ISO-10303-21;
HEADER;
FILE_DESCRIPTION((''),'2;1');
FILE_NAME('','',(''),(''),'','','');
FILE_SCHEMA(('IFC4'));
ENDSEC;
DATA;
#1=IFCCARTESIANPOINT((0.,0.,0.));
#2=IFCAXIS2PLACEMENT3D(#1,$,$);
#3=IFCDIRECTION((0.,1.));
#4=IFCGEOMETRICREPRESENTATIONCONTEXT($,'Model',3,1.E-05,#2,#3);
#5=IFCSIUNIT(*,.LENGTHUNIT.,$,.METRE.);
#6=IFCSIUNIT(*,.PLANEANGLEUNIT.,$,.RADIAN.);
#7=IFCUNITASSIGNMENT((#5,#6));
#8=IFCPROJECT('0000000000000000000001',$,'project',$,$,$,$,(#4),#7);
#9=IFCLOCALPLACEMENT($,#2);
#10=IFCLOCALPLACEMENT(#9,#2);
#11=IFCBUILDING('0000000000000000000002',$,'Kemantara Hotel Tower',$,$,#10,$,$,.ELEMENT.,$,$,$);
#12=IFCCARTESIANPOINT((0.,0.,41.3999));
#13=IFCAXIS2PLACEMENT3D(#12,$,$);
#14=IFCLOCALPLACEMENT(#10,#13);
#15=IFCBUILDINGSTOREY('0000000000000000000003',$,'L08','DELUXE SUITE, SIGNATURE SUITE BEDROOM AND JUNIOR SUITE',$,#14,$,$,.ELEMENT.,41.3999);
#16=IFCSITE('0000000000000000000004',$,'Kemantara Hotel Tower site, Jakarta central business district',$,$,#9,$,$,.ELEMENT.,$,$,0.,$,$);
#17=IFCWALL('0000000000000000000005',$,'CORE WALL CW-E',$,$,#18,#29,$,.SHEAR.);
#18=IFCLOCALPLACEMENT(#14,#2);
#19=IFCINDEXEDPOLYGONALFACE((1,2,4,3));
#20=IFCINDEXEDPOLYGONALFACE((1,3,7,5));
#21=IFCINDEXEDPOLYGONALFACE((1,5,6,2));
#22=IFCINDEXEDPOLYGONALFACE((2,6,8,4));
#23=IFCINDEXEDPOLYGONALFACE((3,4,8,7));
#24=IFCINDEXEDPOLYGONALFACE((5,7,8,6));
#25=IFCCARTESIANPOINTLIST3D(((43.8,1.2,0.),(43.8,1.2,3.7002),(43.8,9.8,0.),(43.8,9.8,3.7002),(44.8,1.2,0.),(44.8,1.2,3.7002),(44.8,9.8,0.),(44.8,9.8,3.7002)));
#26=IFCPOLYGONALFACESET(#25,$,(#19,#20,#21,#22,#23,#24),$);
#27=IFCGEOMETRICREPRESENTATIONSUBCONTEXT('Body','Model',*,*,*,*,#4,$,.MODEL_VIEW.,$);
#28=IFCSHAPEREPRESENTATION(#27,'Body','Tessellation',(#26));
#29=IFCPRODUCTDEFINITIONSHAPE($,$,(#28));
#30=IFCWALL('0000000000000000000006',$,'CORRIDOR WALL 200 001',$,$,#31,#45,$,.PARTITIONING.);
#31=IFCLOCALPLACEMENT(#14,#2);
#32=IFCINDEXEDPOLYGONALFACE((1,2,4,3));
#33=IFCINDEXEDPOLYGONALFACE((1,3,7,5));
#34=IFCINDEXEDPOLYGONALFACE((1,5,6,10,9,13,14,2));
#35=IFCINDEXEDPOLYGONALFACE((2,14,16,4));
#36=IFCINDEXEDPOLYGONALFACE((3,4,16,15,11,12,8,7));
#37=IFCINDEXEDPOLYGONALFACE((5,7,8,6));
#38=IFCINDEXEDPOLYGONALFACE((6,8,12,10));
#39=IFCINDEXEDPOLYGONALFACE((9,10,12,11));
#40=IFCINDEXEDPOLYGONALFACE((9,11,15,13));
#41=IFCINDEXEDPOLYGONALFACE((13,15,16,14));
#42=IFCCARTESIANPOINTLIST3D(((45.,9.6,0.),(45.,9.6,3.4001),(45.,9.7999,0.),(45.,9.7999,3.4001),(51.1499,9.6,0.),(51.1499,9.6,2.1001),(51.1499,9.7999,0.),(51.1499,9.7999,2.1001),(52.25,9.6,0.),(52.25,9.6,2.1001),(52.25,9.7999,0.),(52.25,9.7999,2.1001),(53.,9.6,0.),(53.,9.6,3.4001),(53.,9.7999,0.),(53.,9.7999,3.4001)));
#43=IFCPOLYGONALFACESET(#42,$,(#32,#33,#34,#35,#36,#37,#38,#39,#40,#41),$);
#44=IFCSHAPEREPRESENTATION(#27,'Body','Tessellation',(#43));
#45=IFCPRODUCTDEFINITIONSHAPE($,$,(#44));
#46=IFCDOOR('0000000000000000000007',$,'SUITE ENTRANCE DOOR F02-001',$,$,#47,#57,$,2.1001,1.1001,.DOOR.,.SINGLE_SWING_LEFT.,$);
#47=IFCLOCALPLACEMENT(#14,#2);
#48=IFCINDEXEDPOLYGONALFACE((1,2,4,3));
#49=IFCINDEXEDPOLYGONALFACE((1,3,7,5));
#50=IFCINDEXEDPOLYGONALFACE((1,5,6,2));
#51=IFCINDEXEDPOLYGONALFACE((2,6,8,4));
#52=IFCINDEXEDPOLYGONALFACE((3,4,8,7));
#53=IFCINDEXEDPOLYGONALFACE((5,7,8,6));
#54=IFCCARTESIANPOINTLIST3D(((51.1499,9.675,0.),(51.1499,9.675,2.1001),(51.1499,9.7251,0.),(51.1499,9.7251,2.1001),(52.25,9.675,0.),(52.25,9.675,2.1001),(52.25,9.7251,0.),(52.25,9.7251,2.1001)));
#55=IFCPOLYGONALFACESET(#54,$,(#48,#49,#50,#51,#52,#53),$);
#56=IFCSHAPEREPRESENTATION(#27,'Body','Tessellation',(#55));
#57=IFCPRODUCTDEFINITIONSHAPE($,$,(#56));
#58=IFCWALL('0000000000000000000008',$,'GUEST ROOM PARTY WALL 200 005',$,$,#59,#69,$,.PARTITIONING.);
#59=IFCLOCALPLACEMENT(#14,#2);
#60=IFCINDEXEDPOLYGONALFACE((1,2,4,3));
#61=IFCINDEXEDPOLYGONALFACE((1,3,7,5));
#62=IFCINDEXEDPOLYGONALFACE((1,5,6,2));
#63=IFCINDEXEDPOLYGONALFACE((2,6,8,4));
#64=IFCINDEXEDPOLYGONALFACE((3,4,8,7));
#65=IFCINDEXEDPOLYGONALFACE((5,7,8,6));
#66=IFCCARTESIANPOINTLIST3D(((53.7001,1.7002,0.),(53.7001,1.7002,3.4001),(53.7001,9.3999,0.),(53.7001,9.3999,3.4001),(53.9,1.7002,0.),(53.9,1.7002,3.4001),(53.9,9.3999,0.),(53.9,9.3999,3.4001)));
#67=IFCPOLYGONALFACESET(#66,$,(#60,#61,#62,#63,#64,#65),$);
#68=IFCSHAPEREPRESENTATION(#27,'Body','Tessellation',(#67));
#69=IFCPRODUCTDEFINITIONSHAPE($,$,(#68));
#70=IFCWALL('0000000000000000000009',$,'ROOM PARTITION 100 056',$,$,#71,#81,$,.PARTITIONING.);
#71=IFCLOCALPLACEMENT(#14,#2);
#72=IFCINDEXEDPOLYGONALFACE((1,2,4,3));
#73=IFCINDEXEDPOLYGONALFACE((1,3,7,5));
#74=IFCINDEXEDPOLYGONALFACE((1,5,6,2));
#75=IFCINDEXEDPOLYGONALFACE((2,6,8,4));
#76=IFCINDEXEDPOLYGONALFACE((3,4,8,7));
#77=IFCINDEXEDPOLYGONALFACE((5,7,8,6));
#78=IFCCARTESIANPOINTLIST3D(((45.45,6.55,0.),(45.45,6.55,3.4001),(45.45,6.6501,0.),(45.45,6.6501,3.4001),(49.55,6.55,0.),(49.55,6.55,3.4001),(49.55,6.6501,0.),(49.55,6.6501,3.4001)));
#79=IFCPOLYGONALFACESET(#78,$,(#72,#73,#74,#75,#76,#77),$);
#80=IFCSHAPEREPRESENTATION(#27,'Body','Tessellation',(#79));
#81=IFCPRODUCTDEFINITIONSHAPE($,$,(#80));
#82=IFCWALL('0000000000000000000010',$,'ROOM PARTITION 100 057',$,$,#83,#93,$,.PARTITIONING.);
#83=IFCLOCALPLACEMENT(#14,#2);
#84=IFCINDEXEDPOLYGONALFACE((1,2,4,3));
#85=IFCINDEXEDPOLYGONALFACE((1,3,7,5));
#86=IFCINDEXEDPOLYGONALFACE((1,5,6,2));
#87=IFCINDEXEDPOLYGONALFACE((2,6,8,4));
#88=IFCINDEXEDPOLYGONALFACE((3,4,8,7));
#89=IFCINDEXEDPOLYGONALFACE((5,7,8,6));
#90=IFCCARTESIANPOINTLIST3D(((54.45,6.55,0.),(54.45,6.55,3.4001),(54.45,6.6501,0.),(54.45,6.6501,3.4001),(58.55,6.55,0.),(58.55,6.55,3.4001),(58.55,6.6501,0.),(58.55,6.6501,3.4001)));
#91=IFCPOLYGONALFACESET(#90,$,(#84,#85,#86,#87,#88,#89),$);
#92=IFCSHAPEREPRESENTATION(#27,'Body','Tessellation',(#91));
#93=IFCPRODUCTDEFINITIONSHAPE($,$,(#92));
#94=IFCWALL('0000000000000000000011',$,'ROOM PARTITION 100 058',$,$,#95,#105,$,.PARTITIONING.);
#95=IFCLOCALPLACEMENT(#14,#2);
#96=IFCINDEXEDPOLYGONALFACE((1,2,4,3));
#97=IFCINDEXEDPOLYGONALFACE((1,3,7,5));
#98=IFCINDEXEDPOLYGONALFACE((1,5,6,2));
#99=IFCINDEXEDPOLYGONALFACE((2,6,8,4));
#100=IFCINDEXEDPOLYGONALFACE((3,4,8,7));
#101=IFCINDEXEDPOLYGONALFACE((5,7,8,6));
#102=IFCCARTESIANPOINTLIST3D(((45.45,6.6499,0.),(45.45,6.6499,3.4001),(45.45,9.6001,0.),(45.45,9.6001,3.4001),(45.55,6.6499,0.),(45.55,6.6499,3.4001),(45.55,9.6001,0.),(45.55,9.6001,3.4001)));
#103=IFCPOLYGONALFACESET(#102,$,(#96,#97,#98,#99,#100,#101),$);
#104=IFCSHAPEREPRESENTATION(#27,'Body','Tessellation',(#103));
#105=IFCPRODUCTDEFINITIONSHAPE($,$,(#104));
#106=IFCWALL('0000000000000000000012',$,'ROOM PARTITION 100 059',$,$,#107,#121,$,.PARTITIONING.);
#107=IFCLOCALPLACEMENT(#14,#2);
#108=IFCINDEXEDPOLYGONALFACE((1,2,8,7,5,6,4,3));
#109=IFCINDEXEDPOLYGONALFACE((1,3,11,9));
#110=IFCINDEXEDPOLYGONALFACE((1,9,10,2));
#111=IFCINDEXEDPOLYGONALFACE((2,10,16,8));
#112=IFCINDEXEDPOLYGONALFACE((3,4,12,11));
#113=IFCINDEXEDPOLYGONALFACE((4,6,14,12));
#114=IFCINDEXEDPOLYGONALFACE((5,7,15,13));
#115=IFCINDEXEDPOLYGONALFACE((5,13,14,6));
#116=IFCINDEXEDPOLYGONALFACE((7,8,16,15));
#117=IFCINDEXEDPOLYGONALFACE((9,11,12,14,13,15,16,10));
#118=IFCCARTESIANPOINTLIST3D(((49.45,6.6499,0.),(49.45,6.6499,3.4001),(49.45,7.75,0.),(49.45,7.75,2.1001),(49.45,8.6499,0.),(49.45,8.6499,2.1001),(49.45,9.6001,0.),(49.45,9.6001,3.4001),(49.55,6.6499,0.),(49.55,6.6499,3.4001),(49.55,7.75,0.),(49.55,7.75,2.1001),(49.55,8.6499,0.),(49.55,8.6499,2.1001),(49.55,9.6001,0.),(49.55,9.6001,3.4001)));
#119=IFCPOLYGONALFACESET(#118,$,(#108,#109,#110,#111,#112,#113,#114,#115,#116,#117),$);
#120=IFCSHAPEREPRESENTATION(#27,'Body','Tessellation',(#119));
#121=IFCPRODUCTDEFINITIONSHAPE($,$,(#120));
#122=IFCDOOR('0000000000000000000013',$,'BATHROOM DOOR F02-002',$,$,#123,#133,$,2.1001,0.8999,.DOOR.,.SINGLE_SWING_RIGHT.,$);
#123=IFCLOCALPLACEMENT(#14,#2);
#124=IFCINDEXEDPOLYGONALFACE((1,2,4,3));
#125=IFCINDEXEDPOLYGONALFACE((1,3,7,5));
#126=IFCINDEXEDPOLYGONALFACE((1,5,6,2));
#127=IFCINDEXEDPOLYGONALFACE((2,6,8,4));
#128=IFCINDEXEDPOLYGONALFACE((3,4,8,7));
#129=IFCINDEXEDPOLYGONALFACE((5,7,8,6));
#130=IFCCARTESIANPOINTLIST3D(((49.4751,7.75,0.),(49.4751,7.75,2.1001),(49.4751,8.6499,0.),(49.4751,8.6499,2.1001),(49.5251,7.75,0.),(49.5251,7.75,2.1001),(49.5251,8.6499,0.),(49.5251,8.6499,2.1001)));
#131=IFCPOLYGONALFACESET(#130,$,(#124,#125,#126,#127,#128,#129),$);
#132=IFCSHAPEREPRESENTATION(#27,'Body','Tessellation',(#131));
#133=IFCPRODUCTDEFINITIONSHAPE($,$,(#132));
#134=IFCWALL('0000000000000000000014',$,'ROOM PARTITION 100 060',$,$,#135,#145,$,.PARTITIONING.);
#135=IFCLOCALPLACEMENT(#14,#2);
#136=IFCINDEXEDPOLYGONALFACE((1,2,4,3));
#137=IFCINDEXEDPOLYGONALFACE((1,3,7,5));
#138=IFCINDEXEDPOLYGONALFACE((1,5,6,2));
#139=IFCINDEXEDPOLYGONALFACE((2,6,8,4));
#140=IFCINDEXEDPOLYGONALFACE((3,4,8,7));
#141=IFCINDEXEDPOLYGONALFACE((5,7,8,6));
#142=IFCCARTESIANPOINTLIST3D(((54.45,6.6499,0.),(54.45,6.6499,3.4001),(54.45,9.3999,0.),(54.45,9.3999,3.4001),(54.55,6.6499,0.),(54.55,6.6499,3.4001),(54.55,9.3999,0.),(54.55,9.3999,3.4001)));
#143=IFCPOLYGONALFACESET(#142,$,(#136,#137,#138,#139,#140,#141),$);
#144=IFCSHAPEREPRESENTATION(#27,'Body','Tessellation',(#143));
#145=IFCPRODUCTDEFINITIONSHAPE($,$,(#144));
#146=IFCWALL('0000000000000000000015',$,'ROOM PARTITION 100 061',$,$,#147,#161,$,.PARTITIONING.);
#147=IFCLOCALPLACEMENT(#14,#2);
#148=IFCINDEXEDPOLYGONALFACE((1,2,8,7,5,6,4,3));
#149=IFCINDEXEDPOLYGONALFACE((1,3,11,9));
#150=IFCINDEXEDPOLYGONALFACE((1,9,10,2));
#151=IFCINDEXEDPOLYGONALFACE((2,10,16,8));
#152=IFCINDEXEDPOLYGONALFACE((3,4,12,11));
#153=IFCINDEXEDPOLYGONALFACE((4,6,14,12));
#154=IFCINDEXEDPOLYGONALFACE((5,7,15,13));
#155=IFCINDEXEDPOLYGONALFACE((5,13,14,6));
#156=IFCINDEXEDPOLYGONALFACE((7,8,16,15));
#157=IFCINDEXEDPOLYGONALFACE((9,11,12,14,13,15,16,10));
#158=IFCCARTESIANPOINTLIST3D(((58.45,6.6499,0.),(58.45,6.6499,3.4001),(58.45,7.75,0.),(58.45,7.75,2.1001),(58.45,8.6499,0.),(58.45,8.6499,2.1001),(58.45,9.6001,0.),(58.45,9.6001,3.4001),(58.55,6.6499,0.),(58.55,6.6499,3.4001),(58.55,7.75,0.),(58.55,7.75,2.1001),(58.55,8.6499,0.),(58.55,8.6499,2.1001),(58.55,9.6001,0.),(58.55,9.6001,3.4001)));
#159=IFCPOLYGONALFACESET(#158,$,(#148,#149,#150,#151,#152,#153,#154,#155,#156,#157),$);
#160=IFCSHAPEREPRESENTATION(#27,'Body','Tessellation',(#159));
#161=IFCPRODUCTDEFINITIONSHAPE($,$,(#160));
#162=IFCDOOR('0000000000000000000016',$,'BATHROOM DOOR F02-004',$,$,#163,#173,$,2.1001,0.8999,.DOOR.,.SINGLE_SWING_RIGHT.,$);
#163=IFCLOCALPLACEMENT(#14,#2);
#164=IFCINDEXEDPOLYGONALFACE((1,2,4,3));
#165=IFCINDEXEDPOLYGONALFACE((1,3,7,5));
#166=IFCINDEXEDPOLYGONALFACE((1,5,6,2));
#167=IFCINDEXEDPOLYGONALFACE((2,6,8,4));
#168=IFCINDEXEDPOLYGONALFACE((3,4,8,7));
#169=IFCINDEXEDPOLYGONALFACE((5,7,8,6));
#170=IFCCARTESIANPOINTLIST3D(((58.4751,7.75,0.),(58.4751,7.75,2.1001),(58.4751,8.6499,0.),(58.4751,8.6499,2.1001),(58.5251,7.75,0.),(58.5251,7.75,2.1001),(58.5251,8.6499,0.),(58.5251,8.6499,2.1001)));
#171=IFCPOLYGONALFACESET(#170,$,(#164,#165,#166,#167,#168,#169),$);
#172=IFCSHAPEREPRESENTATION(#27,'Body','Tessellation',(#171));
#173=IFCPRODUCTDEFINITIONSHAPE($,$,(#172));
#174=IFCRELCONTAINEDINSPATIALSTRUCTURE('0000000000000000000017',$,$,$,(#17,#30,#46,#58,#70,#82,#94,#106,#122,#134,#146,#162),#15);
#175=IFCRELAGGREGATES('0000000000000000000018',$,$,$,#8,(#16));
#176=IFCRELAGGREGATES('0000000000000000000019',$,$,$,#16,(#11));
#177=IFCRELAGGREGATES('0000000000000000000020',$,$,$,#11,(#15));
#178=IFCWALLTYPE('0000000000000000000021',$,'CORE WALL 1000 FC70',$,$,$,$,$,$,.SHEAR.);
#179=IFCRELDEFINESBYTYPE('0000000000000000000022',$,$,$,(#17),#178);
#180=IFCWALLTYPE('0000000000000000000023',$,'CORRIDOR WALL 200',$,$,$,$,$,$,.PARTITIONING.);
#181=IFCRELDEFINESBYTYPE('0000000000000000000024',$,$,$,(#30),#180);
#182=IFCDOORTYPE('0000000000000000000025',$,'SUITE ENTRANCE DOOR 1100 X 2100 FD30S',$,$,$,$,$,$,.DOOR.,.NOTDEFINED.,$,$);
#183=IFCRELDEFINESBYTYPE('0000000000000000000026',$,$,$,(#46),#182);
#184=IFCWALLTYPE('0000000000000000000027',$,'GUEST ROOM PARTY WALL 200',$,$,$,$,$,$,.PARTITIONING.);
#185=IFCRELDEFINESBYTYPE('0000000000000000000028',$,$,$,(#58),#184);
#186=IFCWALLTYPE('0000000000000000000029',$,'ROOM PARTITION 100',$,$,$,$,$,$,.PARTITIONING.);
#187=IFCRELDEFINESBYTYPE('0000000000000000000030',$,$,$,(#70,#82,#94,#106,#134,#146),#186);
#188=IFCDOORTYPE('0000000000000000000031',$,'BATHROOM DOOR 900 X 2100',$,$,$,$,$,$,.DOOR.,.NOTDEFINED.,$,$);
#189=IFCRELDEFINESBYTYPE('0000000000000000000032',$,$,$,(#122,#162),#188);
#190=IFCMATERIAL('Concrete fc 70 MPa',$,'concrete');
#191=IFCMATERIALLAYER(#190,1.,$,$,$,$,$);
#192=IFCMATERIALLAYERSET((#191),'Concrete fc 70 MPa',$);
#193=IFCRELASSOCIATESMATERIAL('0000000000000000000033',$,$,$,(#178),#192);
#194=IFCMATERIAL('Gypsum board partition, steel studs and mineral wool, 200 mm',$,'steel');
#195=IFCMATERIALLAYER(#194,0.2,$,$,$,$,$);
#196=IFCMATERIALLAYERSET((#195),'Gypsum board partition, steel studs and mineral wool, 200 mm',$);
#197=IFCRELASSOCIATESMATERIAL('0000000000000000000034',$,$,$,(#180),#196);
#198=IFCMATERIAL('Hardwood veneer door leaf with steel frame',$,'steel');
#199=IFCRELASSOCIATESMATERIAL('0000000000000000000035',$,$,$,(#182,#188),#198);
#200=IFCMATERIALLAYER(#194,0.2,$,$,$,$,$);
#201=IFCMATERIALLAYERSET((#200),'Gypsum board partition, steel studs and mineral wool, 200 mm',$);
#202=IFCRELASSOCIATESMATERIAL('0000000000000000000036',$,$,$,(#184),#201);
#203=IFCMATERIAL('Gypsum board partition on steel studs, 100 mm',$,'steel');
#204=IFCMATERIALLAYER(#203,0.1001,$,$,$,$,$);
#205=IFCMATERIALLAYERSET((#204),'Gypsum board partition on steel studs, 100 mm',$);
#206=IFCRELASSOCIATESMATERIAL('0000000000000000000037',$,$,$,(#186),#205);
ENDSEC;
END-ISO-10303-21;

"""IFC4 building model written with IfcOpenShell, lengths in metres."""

from ifc_helpers import new_model, si_unit, direction, frame, frame_2d, origin, place, context, subcontext, project, spatial, rectangle, extrude, material, layer, layer_set, type_object, element, fill, save


model = new_model("IFC4")

# Units and contexts
model_context = context("Model", 3, precision=1e-05, world=origin(), true_north=direction((0.0, 1.0)))
body_context = subcontext(model_context, "Body", "Model", "MODEL_VIEW")
ifc_project = project(units=[si_unit("LENGTHUNIT", "METRE"), si_unit("PLANEANGLEUNIT", "RADIAN")], contexts=[model_context])

# Site, building, storey
site_placement = place(None, origin())
site = spatial("IfcSite", under=ifc_project, at=site_placement, Name="Kemantara Hotel Tower site, Jakarta central business district", CompositionType="ELEMENT", RefElevation=0.0)
building_placement = place(site_placement, origin())
building = spatial("IfcBuilding", under=site, at=building_placement, Name="Kemantara Hotel Tower", CompositionType="ELEMENT")
storey_placement = place(building_placement, frame((0.0, 0.0, 41.3999)))
storey = spatial("IfcBuildingStorey", under=building, at=storey_placement, Name="L08", Description="DELUXE SUITE, SIGNATURE SUITE BEDROOM AND JUNIOR SUITE", CompositionType="ELEMENT", Elevation=41.3999)

# Shared definitions
ifc_material_1 = material(Name="Concrete fc 70 MPa", Category="concrete")

# Wall
ifc_layer_1 = layer(ifc_material_1, 1.0)
ifc_layer_set_1 = layer_set([ifc_layer_1], Name="Concrete fc 70 MPa")
wall_type_1 = type_object("IfcWallType", Name="CORE WALL 1000 FC70", PredefinedType="SHEAR", material=ifc_layer_set_1)
wall_1_placement = place(storey_placement, frame((44.3, 1.2, 0.0), z_axis=(0.0, 0.0, 1.0), x_axis=(0.0, 1.0, 0.0)))
element("IfcWall", 1, at=wall_1_placement, inside=storey, type_object=wall_type_1, Name="CORE WALL CW-E", PredefinedType="SHEAR", context=body_context, shape_type="SweptSolid", body=[
    extrude(rectangle(XDim=8.6001, YDim=1.0, at=frame_2d((4.3, 0.0))), origin(), (0.0, 0.0, 1.0), 3.7002),
])

# Wall, opening, door
ifc_material_2 = material(Name="Gypsum board partition, steel studs and mineral wool, 200 mm", Category="steel")
ifc_layer_2 = layer(ifc_material_2, 0.2)
ifc_layer_set_2 = layer_set([ifc_layer_2], Name="Gypsum board partition, steel studs and mineral wool, 200 mm")
wall_type_2 = type_object("IfcWallType", Name="CORRIDOR WALL 200", PredefinedType="PARTITIONING", material=ifc_layer_set_2)
wall_2_placement = place(storey_placement, frame((53.0, 9.7, 0.0), z_axis=(0.0, 0.0, 1.0), x_axis=(-1.0, 0.0, 0.0)))
wall_2 = element("IfcWall", 2, at=wall_2_placement, inside=storey, type_object=wall_type_2, Name="CORRIDOR WALL 200 001", PredefinedType="PARTITIONING", context=body_context, shape_type="SweptSolid", body=[
    extrude(rectangle(XDim=8.0, YDim=0.2, at=frame_2d((4.0, 0.0))), origin(), (0.0, 0.0, 1.0), 3.4001),
])
opening_1_placement = place(wall_2_placement, frame((0.75, 0.0, 0.0)))
opening_1 = element("IfcOpeningElement", 3, at=opening_1_placement, cuts=wall_2, PredefinedType="OPENING", context=body_context, shape_type="SweptSolid", body=[
    extrude(rectangle(XDim=1.1001, YDim=2.1001, at=frame_2d((0.55, 1.05))), frame((0.0, 0.1099, 0.0), z_axis=(0.0, -1.0, 0.0), x_axis=(1.0, 0.0, 0.0)), (0.0, 0.0, 1.0), 0.22),
])
ifc_material_3 = material(Name="Hardwood veneer door leaf with steel frame", Category="steel")
door_type_1 = type_object("IfcDoorType", Name="SUITE ENTRANCE DOOR 1100 X 2100 FD30S", OperationType="NOTDEFINED", PredefinedType="DOOR", material=ifc_material_3)
door_1_placement = place(opening_1_placement, origin())
door_1 = element("IfcDoor", 4, at=door_1_placement, inside=storey, type_object=door_type_1, Name="SUITE ENTRANCE DOOR F02-001", OperationType="SINGLE_SWING_LEFT", OverallHeight=2.1001, OverallWidth=1.1001, PredefinedType="DOOR", context=body_context, shape_type="SweptSolid", body=[
    extrude(rectangle(XDim=1.1001, YDim=2.1001, at=frame_2d((0.55, 1.05))), frame((0.0, 0.0249, 0.0), z_axis=(0.0, -1.0, 0.0), x_axis=(1.0, 0.0, 0.0)), (0.0, 0.0, 1.0), 0.05),
])
fill(opening_1, door_1)

# Walls
ifc_layer_3 = layer(ifc_material_2, 0.2)
ifc_layer_set_3 = layer_set([ifc_layer_3], Name="Gypsum board partition, steel studs and mineral wool, 200 mm")
wall_type_3 = type_object("IfcWallType", Name="GUEST ROOM PARTY WALL 200", PredefinedType="PARTITIONING", material=ifc_layer_set_3)
wall_3_placement = place(storey_placement, frame((53.8, 1.7002, 0.0), z_axis=(0.0, 0.0, 1.0), x_axis=(0.0, 1.0, 0.0)))
element("IfcWall", 5, at=wall_3_placement, inside=storey, type_object=wall_type_3, Name="GUEST ROOM PARTY WALL 200 005", PredefinedType="PARTITIONING", context=body_context, shape_type="SweptSolid", body=[
    extrude(rectangle(XDim=7.6997, YDim=0.2, at=frame_2d((3.8499, 0.0))), origin(), (0.0, 0.0, 1.0), 3.4001),
])
ifc_material_4 = material(Name="Gypsum board partition on steel studs, 100 mm", Category="steel")
ifc_layer_4 = layer(ifc_material_4, 0.1001)
ifc_layer_set_4 = layer_set([ifc_layer_4], Name="Gypsum board partition on steel studs, 100 mm")
wall_type_4 = type_object("IfcWallType", Name="ROOM PARTITION 100", PredefinedType="PARTITIONING", material=ifc_layer_set_4)
for number, where, z_axis, x_axis, name in (
    (6, (45.45, 6.6001, 0.0), (0.0, 0.0, 1.0), (1.0, 0.0, 0.0), "ROOM PARTITION 100 056"),
    (7, (54.45, 6.6001, 0.0), (0.0, 0.0, 1.0), (1.0, 0.0, 0.0), "ROOM PARTITION 100 057"),
):
    element("IfcWall", number, at=place(storey_placement, frame(where, z_axis=z_axis, x_axis=x_axis)), inside=storey, type_object=wall_type_4, Name=name, PredefinedType="PARTITIONING", context=body_context, shape_type="SweptSolid", body=[
        extrude(rectangle(XDim=4.1001, YDim=0.1001, at=frame_2d((2.05, 0.0))), origin(), (0.0, 0.0, 1.0), 3.4001),
    ])
wall_4_placement = place(storey_placement, frame((45.5, 6.6499, 0.0), z_axis=(0.0, 0.0, 1.0), x_axis=(0.0, 1.0, 0.0)))
element("IfcWall", 8, at=wall_4_placement, inside=storey, type_object=wall_type_4, Name="ROOM PARTITION 100 058", PredefinedType="PARTITIONING", context=body_context, shape_type="SweptSolid", body=[
    extrude(rectangle(XDim=2.9502, YDim=0.1001, at=frame_2d((1.4751, 0.0))), origin(), (0.0, 0.0, 1.0), 3.4001),
])

# Wall, opening, door
wall_5_placement = place(storey_placement, frame((49.5, 6.6499, 0.0), z_axis=(0.0, 0.0, 1.0), x_axis=(0.0, 1.0, 0.0)))
wall_5 = element("IfcWall", 9, at=wall_5_placement, inside=storey, type_object=wall_type_4, Name="ROOM PARTITION 100 059", PredefinedType="PARTITIONING", context=body_context, shape_type="SweptSolid", body=[
    extrude(rectangle(XDim=2.9502, YDim=0.1001, at=frame_2d((1.4751, 0.0))), origin(), (0.0, 0.0, 1.0), 3.4001),
])
opening_2_placement = place(wall_5_placement, frame((1.1001, 0.0, 0.0)))
opening_2 = element("IfcOpeningElement", 10, at=opening_2_placement, cuts=wall_5, PredefinedType="OPENING", context=body_context, shape_type="SweptSolid", body=[
    extrude(rectangle(XDim=0.8999, YDim=2.1001, at=frame_2d((0.45, 1.05))), frame((0.0, 0.0601, 0.0), z_axis=(0.0, -1.0, 0.0), x_axis=(1.0, 0.0, 0.0)), (0.0, 0.0, 1.0), 0.1201),
])
door_type_2 = type_object("IfcDoorType", Name="BATHROOM DOOR 900 X 2100", OperationType="NOTDEFINED", PredefinedType="DOOR", material=ifc_material_3)
door_2_placement = place(opening_2_placement, origin())
door_2 = element("IfcDoor", 11, at=door_2_placement, inside=storey, type_object=door_type_2, Name="BATHROOM DOOR F02-002", OperationType="SINGLE_SWING_RIGHT", OverallHeight=2.1001, OverallWidth=0.8999, PredefinedType="DOOR", context=body_context, shape_type="SweptSolid", body=[
    extrude(rectangle(XDim=0.8999, YDim=2.1001, at=frame_2d((0.45, 1.05))), frame((0.0, 0.0249, 0.0), z_axis=(0.0, -1.0, 0.0), x_axis=(1.0, 0.0, 0.0)), (0.0, 0.0, 1.0), 0.05),
])
fill(opening_2, door_2)

# Wall
wall_6_placement = place(storey_placement, frame((54.5, 6.6499, 0.0), z_axis=(0.0, 0.0, 1.0), x_axis=(0.0, 1.0, 0.0)))
element("IfcWall", 12, at=wall_6_placement, inside=storey, type_object=wall_type_4, Name="ROOM PARTITION 100 060", PredefinedType="PARTITIONING", context=body_context, shape_type="SweptSolid", body=[
    extrude(rectangle(XDim=2.75, YDim=0.1001, at=frame_2d((1.375, 0.0))), origin(), (0.0, 0.0, 1.0), 3.4001),
])

# Wall, opening, door
wall_7_placement = place(storey_placement, frame((58.5, 6.6499, 0.0), z_axis=(0.0, 0.0, 1.0), x_axis=(0.0, 1.0, 0.0)))
wall_7 = element("IfcWall", 13, at=wall_7_placement, inside=storey, type_object=wall_type_4, Name="ROOM PARTITION 100 061", PredefinedType="PARTITIONING", context=body_context, shape_type="SweptSolid", body=[
    extrude(rectangle(XDim=2.9502, YDim=0.1001, at=frame_2d((1.4751, 0.0))), origin(), (0.0, 0.0, 1.0), 3.4001),
])
opening_3_placement = place(wall_7_placement, frame((1.1001, 0.0, 0.0)))
opening_3 = element("IfcOpeningElement", 14, at=opening_3_placement, cuts=wall_7, PredefinedType="OPENING", context=body_context, shape_type="SweptSolid", body=[
    extrude(rectangle(XDim=0.8999, YDim=2.1001, at=frame_2d((0.45, 1.05))), frame((0.0, 0.0601, 0.0), z_axis=(0.0, -1.0, 0.0), x_axis=(1.0, 0.0, 0.0)), (0.0, 0.0, 1.0), 0.1201),
])
door_3_placement = place(opening_3_placement, origin())
door_3 = element("IfcDoor", 15, at=door_3_placement, inside=storey, type_object=door_type_2, Name="BATHROOM DOOR F02-004", OperationType="SINGLE_SWING_RIGHT", OverallHeight=2.1001, OverallWidth=0.8999, PredefinedType="DOOR", context=body_context, shape_type="SweptSolid", body=[
    extrude(rectangle(XDim=0.8999, YDim=2.1001, at=frame_2d((0.45, 1.05))), frame((0.0, 0.0249, 0.0), z_axis=(0.0, -1.0, 0.0), x_axis=(1.0, 0.0, 0.0)), (0.0, 0.0, 1.0), 0.05),
])
fill(opening_3, door_3)

save(model, "model.ifc")
